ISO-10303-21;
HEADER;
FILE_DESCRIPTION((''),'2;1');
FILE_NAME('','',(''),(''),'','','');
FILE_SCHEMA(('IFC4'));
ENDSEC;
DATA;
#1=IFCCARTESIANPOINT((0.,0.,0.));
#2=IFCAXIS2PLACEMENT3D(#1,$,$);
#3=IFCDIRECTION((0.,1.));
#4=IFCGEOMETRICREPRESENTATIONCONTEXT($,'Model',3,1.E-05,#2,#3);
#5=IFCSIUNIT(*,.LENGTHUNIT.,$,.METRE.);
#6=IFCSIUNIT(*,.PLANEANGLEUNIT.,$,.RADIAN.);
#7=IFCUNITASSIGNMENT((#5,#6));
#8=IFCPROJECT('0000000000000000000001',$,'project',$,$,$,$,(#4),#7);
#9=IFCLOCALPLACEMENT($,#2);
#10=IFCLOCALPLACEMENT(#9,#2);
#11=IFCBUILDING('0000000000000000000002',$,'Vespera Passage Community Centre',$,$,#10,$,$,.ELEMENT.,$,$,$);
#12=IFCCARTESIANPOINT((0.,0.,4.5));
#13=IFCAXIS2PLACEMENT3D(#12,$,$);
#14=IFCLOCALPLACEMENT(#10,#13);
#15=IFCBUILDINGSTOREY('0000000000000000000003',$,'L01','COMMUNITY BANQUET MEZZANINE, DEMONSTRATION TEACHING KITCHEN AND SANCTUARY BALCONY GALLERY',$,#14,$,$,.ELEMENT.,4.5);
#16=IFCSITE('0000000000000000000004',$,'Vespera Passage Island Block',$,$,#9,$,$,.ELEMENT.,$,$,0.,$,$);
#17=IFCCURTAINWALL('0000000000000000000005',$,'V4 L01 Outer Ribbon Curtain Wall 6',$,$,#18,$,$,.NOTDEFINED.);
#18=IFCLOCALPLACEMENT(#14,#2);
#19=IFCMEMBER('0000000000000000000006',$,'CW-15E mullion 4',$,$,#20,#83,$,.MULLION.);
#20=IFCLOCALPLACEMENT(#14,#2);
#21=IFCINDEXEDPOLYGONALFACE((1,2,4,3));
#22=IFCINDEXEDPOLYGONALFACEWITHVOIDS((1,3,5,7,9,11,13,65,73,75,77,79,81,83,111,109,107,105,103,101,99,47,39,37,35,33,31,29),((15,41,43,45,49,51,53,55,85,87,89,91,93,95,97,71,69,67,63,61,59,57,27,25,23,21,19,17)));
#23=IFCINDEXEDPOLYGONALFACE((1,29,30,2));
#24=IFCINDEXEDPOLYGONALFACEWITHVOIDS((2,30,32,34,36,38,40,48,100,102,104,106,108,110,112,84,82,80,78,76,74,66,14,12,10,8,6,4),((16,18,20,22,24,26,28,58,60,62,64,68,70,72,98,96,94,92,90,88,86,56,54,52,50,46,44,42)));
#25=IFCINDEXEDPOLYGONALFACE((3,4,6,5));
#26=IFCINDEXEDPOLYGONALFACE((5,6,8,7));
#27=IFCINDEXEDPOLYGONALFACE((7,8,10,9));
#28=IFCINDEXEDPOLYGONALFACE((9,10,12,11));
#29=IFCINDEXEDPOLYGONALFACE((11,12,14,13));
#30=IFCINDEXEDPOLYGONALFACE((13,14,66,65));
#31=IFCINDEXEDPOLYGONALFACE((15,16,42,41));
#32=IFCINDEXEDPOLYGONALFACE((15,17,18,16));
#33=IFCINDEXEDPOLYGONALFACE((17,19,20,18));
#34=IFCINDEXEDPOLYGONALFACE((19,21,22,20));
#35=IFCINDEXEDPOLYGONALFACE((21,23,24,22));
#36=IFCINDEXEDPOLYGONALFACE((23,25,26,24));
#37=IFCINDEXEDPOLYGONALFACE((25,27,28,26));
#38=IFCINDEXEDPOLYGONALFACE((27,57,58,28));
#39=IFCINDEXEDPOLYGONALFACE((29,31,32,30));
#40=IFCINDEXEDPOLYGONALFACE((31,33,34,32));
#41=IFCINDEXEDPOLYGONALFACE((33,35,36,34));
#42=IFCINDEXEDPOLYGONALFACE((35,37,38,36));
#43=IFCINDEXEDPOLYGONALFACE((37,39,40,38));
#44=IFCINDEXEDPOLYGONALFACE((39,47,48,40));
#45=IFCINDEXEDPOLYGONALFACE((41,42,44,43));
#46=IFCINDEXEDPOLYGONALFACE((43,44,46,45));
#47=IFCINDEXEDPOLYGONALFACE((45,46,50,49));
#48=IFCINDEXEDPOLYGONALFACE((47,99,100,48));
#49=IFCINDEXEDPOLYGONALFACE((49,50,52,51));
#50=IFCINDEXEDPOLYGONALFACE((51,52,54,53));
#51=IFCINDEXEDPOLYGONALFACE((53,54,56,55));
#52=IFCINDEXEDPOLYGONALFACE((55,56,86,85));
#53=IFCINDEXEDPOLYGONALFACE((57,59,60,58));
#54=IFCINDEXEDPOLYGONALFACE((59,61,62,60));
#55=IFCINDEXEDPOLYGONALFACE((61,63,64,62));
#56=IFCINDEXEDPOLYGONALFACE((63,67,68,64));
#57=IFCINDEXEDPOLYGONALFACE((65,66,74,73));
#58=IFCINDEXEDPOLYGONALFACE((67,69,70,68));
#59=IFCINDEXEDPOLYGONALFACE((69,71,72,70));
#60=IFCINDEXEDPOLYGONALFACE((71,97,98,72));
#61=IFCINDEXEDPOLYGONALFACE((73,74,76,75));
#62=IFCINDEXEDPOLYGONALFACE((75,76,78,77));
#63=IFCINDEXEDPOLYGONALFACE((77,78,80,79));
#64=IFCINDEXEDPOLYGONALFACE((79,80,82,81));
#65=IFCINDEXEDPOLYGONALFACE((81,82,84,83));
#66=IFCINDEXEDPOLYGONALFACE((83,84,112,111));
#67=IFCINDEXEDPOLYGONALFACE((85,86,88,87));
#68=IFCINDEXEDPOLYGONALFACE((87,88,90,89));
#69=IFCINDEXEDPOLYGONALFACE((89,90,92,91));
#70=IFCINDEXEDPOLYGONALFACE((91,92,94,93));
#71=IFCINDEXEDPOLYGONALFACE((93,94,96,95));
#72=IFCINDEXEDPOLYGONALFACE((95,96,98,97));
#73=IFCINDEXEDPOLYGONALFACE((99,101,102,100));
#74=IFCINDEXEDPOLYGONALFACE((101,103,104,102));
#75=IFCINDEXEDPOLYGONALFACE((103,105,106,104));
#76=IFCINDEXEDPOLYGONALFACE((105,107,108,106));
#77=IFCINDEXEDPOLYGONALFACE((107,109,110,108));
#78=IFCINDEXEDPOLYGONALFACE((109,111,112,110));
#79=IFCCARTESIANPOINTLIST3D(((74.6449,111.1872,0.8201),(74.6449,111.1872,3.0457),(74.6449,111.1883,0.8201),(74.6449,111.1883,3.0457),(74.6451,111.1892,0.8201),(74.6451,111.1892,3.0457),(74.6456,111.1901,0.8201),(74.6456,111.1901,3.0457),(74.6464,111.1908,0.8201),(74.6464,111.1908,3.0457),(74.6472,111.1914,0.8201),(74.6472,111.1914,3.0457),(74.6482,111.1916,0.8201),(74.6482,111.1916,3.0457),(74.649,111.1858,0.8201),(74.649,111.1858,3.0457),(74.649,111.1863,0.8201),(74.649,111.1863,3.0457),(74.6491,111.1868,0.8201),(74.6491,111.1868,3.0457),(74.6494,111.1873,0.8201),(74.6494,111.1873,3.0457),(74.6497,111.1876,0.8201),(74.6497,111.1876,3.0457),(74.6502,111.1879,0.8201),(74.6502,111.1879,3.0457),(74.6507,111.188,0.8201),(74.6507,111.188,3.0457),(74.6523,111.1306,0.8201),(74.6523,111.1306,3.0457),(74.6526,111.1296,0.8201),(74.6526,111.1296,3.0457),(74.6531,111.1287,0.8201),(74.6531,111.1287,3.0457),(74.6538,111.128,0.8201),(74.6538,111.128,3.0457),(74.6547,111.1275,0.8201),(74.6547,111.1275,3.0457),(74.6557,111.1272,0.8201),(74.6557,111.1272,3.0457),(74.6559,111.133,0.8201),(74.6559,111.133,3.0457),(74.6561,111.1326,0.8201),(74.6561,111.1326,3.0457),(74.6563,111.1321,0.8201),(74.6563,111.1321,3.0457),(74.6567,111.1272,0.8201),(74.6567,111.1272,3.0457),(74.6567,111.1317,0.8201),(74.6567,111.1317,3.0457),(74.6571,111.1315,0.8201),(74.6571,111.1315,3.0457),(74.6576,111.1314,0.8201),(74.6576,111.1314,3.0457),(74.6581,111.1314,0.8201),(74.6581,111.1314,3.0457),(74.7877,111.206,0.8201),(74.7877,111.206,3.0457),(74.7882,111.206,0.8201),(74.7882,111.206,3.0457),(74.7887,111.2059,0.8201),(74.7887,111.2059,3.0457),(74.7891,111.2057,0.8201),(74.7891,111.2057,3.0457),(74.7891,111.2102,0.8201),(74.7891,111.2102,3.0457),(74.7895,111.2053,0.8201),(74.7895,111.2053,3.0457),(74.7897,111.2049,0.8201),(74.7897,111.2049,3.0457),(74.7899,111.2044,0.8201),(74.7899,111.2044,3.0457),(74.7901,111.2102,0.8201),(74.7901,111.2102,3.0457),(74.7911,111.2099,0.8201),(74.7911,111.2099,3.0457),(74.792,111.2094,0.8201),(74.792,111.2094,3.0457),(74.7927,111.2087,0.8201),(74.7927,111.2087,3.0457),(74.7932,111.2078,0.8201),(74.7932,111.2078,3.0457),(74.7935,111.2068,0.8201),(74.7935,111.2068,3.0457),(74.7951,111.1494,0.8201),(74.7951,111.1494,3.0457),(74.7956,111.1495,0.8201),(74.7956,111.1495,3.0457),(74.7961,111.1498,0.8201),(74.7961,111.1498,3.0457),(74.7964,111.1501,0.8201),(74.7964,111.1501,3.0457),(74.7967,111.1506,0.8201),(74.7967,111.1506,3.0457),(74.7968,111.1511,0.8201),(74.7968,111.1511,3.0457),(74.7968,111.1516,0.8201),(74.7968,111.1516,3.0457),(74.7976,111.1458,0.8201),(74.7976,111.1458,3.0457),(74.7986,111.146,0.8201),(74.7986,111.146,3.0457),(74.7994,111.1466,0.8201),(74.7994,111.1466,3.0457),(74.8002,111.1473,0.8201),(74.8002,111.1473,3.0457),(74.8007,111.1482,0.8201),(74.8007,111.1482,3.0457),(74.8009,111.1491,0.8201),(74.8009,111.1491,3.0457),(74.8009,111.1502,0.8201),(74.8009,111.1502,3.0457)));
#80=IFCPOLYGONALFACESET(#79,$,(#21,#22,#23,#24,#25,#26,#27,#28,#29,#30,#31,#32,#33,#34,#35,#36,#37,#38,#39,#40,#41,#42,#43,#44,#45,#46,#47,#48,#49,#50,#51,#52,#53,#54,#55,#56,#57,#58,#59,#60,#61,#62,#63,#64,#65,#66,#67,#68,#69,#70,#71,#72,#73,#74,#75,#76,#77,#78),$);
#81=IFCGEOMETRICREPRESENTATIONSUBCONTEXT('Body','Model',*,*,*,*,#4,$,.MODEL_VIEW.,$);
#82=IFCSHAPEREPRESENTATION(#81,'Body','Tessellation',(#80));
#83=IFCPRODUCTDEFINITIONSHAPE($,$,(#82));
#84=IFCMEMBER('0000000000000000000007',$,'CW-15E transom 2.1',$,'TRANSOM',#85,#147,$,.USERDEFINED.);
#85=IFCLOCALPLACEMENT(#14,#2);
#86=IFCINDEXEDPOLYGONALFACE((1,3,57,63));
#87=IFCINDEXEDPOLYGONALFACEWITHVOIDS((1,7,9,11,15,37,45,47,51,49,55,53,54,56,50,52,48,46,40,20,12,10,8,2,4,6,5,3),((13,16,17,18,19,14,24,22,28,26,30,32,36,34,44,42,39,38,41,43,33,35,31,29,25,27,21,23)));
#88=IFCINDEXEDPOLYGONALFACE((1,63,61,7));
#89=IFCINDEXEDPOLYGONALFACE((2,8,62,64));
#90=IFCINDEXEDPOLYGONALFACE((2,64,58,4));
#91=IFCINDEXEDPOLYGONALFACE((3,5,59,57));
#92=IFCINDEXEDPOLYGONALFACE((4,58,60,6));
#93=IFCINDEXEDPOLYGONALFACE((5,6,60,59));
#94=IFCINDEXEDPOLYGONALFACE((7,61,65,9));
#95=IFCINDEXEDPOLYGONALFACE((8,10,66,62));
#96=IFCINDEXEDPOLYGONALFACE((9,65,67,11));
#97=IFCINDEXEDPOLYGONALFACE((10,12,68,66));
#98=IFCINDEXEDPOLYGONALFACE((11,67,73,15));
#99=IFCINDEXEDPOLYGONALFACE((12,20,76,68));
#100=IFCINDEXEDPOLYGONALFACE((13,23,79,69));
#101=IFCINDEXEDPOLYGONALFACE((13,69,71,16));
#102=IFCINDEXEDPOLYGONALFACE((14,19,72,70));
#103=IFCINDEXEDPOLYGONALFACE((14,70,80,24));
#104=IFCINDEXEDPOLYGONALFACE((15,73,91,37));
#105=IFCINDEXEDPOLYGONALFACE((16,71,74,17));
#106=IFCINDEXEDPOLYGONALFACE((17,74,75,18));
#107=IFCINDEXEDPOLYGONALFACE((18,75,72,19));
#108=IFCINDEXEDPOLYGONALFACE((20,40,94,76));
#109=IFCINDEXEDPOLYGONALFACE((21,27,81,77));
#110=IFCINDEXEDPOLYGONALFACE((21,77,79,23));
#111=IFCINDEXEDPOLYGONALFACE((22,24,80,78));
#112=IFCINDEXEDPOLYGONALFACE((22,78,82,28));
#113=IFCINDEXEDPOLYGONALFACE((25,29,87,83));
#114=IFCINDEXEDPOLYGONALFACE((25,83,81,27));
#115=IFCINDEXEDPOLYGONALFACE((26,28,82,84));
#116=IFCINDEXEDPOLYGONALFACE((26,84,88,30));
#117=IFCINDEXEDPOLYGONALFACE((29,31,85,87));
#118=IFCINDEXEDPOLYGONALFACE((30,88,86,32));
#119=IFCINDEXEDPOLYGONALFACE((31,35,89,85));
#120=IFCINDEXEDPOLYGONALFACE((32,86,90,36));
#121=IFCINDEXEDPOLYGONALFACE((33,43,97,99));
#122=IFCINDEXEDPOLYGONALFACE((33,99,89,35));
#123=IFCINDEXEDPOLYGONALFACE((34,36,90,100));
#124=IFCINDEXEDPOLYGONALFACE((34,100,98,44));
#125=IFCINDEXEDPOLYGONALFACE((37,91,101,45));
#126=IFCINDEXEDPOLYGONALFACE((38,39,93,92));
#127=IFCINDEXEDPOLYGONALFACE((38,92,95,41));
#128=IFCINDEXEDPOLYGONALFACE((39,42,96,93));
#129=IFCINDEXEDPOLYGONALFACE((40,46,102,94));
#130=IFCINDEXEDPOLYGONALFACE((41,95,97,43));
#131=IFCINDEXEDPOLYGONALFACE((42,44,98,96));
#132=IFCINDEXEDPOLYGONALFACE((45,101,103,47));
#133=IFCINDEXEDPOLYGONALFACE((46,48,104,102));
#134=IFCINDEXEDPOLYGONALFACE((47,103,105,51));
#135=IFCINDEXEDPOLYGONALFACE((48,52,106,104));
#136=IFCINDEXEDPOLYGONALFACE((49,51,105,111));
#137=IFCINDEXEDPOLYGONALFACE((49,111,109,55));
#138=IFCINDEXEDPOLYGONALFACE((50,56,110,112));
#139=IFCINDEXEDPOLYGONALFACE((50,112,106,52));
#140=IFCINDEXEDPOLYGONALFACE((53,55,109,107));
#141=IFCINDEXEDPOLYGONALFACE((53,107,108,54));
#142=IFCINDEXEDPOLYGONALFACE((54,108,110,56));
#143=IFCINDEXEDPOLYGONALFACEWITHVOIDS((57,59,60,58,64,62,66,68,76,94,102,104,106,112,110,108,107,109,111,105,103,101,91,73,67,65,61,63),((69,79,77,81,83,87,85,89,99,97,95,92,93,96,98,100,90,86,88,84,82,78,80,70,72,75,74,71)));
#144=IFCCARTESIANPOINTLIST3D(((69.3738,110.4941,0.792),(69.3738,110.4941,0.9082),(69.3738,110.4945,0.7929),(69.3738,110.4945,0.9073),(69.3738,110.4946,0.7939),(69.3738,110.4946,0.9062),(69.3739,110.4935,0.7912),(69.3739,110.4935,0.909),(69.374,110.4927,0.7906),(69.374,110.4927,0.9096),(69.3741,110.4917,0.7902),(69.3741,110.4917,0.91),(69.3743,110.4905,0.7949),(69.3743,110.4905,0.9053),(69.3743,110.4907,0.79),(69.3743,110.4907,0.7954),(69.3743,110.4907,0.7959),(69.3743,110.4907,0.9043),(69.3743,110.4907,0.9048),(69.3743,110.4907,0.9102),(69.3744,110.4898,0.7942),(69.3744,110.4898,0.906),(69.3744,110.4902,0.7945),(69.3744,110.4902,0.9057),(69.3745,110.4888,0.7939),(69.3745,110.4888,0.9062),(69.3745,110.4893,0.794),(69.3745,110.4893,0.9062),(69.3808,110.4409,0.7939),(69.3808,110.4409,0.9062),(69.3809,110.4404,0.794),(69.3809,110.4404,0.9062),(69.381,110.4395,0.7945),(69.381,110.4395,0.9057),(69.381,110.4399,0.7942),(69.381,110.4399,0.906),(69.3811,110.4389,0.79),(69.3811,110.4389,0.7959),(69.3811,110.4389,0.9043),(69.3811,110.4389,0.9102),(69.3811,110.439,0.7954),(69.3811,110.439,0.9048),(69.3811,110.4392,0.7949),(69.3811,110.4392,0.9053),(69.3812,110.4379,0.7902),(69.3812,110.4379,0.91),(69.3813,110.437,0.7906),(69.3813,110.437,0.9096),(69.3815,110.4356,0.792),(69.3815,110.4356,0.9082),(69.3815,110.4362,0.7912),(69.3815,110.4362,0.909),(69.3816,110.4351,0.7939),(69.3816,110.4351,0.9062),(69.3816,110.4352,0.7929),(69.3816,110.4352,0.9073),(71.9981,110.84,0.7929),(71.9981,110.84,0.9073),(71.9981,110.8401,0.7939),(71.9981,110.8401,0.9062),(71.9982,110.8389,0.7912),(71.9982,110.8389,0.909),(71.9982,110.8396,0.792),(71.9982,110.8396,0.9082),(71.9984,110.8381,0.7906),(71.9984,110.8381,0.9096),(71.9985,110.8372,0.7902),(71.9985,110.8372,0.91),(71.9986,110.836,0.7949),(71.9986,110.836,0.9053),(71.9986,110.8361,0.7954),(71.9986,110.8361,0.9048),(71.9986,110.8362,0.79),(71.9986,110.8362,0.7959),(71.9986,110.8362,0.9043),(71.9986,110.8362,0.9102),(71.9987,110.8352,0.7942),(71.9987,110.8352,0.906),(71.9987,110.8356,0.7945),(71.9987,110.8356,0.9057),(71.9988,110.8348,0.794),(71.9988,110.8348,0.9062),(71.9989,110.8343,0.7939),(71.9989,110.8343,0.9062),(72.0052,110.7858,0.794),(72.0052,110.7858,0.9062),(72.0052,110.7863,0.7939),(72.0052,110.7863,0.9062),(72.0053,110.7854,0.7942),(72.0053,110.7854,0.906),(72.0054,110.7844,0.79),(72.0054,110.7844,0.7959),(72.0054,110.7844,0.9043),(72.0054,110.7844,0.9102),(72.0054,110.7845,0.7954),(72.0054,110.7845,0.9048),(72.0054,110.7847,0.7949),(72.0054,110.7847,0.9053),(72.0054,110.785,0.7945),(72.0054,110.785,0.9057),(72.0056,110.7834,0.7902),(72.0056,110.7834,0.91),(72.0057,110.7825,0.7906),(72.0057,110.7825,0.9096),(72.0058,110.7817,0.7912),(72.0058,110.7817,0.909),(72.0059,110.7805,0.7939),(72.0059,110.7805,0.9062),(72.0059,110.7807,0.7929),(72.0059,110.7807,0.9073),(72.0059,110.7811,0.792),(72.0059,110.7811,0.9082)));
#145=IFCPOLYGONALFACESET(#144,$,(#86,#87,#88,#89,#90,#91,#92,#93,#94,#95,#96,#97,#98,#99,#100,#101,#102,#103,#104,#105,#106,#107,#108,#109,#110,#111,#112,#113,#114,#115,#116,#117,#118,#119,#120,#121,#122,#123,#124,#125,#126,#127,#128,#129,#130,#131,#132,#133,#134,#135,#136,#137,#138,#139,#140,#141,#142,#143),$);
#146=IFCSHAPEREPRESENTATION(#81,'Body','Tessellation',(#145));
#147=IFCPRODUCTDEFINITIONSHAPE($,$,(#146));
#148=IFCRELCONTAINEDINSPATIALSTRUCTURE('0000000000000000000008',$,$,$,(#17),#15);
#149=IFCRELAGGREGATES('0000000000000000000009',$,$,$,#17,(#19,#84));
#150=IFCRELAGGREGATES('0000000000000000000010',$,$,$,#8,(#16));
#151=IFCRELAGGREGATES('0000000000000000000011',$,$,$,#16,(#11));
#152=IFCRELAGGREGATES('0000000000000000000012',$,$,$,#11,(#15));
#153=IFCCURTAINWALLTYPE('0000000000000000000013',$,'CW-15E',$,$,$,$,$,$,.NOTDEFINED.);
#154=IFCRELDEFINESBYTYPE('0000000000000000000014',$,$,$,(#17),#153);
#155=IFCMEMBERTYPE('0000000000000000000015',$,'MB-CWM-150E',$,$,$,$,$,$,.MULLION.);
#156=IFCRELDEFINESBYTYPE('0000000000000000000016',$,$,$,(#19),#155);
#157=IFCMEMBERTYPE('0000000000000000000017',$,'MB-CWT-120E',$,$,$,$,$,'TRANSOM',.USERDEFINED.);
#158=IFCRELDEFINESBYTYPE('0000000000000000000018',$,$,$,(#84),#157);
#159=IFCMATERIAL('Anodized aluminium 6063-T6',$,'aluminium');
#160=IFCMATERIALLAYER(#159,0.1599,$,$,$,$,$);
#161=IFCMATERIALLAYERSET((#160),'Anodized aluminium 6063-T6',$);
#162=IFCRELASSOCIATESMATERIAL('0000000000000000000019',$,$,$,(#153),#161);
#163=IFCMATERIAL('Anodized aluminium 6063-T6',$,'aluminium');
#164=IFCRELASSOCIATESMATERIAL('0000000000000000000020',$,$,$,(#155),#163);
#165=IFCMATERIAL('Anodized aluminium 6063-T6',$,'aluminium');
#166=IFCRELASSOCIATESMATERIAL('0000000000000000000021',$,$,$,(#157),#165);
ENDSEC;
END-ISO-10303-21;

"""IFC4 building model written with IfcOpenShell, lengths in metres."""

from ifc_helpers import new_model, si_unit, direction, frame, origin, origin_2d, place, context, subcontext, project, spatial, hollow_rectangle, extrude, material, layer, layer_set, material_profile, profile_set, type_object, element, aggregate, save


model = new_model("IFC4")

# Units and contexts
model_context = context("Model", 3, precision=1e-05, world=origin(), true_north=direction((0.0, 1.0)))
body_context = subcontext(model_context, "Body", "Model", "MODEL_VIEW")
ifc_project = project(units=[si_unit("LENGTHUNIT", "METRE"), si_unit("PLANEANGLEUNIT", "RADIAN")], contexts=[model_context])

# Site, building, storey
site_placement = place(None, origin())
site = spatial("IfcSite", under=ifc_project, at=site_placement, Name="Vespera Passage Island Block", CompositionType="ELEMENT", RefElevation=0.0)
building_placement = place(site_placement, origin())
building = spatial("IfcBuilding", under=site, at=building_placement, Name="Vespera Passage Community Centre", CompositionType="ELEMENT")
storey_placement = place(building_placement, frame((0.0, 0.0, 4.5)))
storey = spatial("IfcBuildingStorey", under=building, at=storey_placement, Name="L01", Description="COMMUNITY BANQUET MEZZANINE, DEMONSTRATION TEACHING KITCHEN AND SANCTUARY BALCONY GALLERY", CompositionType="ELEMENT", Elevation=4.5)

# Curtain wall, members
ifc_material_1 = material(Name="Anodized aluminium 6063-T6", Category="aluminium")
ifc_layer_1 = layer(ifc_material_1, 0.1599)
ifc_layer_set_1 = layer_set([ifc_layer_1], Name="Anodized aluminium 6063-T6")
curtain_wall_type = type_object("IfcCurtainWallType", Name="CW-15E", PredefinedType="NOTDEFINED", material=ifc_layer_set_1)
curtain_wall_placement = place(storey_placement, origin())
curtain_wall = element("IfcCurtainWall", 1, at=curtain_wall_placement, inside=storey, type_object=curtain_wall_type, Name="V4 L01 Outer Ribbon Curtain Wall 6", PredefinedType="NOTDEFINED")
ifc_material_2 = material(Name="Anodized aluminium 6063-T6", Category="aluminium")
ifc_material_profile_1 = material_profile(ifc_material_2, hollow_rectangle(XDim=0.0649, YDim=0.1499, WallThickness=0.0039, InnerFilletRadius=0.002, OuterFilletRadius=0.0039, at=origin_2d()), Name="ALU150X65X4")
ifc_profile_set_1 = profile_set([ifc_material_profile_1], Name="Anodized aluminium 6063-T6")
member_type_1 = type_object("IfcMemberType", Name="MB-CWM-150E", PredefinedType="MULLION", material=ifc_profile_set_1)
member_1_placement = place(storey_placement, frame((74.7229, 111.1687, 0.8201), z_axis=(0.0, 0.0, 1.0), x_axis=(-0.130531, 0.991444, 0.0)))
member_1 = element("IfcMember", 2, at=member_1_placement, type_object=member_type_1, Name="CW-15E mullion 4", PredefinedType="MULLION", context=body_context, shape_type="SweptSolid", body=[
    extrude(hollow_rectangle(XDim=0.0649, YDim=0.1499, WallThickness=0.0039, InnerFilletRadius=0.002, OuterFilletRadius=0.0039, at=origin_2d()), origin(), (0.0, 0.0, 1.0), 2.2256),
])
ifc_material_3 = material(Name="Anodized aluminium 6063-T6", Category="aluminium")
ifc_material_profile_2 = material_profile(ifc_material_3, hollow_rectangle(XDim=0.0601, YDim=0.1201, WallThickness=0.0039, InnerFilletRadius=0.002, OuterFilletRadius=0.0039, at=origin_2d()), Name="ALU120X60X4")
ifc_profile_set_2 = profile_set([ifc_material_profile_2], Name="Anodized aluminium 6063-T6")
member_type_2 = type_object("IfcMemberType", Name="MB-CWT-120E", ElementType="TRANSOM", PredefinedType="USERDEFINED", material=ifc_profile_set_2)
member_2_placement = place(storey_placement, frame((69.3777, 110.4648, 0.8501), z_axis=(0.991446, 0.130514, 0.0), x_axis=(-0.130514, 0.991446, 0.0)))
member_2 = element("IfcMember", 3, at=member_2_placement, type_object=member_type_2, Name="CW-15E transom 2.1", ObjectType="TRANSOM", PredefinedType="USERDEFINED", context=body_context, shape_type="SweptSolid", body=[
    extrude(hollow_rectangle(XDim=0.0601, YDim=0.1201, WallThickness=0.0039, InnerFilletRadius=0.002, OuterFilletRadius=0.0039, at=origin_2d()), origin(), (0.0, 0.0, 1.0), 2.647),
])
aggregate(curtain_wall, [member_1, member_2])

save(model, "model.ifc")
